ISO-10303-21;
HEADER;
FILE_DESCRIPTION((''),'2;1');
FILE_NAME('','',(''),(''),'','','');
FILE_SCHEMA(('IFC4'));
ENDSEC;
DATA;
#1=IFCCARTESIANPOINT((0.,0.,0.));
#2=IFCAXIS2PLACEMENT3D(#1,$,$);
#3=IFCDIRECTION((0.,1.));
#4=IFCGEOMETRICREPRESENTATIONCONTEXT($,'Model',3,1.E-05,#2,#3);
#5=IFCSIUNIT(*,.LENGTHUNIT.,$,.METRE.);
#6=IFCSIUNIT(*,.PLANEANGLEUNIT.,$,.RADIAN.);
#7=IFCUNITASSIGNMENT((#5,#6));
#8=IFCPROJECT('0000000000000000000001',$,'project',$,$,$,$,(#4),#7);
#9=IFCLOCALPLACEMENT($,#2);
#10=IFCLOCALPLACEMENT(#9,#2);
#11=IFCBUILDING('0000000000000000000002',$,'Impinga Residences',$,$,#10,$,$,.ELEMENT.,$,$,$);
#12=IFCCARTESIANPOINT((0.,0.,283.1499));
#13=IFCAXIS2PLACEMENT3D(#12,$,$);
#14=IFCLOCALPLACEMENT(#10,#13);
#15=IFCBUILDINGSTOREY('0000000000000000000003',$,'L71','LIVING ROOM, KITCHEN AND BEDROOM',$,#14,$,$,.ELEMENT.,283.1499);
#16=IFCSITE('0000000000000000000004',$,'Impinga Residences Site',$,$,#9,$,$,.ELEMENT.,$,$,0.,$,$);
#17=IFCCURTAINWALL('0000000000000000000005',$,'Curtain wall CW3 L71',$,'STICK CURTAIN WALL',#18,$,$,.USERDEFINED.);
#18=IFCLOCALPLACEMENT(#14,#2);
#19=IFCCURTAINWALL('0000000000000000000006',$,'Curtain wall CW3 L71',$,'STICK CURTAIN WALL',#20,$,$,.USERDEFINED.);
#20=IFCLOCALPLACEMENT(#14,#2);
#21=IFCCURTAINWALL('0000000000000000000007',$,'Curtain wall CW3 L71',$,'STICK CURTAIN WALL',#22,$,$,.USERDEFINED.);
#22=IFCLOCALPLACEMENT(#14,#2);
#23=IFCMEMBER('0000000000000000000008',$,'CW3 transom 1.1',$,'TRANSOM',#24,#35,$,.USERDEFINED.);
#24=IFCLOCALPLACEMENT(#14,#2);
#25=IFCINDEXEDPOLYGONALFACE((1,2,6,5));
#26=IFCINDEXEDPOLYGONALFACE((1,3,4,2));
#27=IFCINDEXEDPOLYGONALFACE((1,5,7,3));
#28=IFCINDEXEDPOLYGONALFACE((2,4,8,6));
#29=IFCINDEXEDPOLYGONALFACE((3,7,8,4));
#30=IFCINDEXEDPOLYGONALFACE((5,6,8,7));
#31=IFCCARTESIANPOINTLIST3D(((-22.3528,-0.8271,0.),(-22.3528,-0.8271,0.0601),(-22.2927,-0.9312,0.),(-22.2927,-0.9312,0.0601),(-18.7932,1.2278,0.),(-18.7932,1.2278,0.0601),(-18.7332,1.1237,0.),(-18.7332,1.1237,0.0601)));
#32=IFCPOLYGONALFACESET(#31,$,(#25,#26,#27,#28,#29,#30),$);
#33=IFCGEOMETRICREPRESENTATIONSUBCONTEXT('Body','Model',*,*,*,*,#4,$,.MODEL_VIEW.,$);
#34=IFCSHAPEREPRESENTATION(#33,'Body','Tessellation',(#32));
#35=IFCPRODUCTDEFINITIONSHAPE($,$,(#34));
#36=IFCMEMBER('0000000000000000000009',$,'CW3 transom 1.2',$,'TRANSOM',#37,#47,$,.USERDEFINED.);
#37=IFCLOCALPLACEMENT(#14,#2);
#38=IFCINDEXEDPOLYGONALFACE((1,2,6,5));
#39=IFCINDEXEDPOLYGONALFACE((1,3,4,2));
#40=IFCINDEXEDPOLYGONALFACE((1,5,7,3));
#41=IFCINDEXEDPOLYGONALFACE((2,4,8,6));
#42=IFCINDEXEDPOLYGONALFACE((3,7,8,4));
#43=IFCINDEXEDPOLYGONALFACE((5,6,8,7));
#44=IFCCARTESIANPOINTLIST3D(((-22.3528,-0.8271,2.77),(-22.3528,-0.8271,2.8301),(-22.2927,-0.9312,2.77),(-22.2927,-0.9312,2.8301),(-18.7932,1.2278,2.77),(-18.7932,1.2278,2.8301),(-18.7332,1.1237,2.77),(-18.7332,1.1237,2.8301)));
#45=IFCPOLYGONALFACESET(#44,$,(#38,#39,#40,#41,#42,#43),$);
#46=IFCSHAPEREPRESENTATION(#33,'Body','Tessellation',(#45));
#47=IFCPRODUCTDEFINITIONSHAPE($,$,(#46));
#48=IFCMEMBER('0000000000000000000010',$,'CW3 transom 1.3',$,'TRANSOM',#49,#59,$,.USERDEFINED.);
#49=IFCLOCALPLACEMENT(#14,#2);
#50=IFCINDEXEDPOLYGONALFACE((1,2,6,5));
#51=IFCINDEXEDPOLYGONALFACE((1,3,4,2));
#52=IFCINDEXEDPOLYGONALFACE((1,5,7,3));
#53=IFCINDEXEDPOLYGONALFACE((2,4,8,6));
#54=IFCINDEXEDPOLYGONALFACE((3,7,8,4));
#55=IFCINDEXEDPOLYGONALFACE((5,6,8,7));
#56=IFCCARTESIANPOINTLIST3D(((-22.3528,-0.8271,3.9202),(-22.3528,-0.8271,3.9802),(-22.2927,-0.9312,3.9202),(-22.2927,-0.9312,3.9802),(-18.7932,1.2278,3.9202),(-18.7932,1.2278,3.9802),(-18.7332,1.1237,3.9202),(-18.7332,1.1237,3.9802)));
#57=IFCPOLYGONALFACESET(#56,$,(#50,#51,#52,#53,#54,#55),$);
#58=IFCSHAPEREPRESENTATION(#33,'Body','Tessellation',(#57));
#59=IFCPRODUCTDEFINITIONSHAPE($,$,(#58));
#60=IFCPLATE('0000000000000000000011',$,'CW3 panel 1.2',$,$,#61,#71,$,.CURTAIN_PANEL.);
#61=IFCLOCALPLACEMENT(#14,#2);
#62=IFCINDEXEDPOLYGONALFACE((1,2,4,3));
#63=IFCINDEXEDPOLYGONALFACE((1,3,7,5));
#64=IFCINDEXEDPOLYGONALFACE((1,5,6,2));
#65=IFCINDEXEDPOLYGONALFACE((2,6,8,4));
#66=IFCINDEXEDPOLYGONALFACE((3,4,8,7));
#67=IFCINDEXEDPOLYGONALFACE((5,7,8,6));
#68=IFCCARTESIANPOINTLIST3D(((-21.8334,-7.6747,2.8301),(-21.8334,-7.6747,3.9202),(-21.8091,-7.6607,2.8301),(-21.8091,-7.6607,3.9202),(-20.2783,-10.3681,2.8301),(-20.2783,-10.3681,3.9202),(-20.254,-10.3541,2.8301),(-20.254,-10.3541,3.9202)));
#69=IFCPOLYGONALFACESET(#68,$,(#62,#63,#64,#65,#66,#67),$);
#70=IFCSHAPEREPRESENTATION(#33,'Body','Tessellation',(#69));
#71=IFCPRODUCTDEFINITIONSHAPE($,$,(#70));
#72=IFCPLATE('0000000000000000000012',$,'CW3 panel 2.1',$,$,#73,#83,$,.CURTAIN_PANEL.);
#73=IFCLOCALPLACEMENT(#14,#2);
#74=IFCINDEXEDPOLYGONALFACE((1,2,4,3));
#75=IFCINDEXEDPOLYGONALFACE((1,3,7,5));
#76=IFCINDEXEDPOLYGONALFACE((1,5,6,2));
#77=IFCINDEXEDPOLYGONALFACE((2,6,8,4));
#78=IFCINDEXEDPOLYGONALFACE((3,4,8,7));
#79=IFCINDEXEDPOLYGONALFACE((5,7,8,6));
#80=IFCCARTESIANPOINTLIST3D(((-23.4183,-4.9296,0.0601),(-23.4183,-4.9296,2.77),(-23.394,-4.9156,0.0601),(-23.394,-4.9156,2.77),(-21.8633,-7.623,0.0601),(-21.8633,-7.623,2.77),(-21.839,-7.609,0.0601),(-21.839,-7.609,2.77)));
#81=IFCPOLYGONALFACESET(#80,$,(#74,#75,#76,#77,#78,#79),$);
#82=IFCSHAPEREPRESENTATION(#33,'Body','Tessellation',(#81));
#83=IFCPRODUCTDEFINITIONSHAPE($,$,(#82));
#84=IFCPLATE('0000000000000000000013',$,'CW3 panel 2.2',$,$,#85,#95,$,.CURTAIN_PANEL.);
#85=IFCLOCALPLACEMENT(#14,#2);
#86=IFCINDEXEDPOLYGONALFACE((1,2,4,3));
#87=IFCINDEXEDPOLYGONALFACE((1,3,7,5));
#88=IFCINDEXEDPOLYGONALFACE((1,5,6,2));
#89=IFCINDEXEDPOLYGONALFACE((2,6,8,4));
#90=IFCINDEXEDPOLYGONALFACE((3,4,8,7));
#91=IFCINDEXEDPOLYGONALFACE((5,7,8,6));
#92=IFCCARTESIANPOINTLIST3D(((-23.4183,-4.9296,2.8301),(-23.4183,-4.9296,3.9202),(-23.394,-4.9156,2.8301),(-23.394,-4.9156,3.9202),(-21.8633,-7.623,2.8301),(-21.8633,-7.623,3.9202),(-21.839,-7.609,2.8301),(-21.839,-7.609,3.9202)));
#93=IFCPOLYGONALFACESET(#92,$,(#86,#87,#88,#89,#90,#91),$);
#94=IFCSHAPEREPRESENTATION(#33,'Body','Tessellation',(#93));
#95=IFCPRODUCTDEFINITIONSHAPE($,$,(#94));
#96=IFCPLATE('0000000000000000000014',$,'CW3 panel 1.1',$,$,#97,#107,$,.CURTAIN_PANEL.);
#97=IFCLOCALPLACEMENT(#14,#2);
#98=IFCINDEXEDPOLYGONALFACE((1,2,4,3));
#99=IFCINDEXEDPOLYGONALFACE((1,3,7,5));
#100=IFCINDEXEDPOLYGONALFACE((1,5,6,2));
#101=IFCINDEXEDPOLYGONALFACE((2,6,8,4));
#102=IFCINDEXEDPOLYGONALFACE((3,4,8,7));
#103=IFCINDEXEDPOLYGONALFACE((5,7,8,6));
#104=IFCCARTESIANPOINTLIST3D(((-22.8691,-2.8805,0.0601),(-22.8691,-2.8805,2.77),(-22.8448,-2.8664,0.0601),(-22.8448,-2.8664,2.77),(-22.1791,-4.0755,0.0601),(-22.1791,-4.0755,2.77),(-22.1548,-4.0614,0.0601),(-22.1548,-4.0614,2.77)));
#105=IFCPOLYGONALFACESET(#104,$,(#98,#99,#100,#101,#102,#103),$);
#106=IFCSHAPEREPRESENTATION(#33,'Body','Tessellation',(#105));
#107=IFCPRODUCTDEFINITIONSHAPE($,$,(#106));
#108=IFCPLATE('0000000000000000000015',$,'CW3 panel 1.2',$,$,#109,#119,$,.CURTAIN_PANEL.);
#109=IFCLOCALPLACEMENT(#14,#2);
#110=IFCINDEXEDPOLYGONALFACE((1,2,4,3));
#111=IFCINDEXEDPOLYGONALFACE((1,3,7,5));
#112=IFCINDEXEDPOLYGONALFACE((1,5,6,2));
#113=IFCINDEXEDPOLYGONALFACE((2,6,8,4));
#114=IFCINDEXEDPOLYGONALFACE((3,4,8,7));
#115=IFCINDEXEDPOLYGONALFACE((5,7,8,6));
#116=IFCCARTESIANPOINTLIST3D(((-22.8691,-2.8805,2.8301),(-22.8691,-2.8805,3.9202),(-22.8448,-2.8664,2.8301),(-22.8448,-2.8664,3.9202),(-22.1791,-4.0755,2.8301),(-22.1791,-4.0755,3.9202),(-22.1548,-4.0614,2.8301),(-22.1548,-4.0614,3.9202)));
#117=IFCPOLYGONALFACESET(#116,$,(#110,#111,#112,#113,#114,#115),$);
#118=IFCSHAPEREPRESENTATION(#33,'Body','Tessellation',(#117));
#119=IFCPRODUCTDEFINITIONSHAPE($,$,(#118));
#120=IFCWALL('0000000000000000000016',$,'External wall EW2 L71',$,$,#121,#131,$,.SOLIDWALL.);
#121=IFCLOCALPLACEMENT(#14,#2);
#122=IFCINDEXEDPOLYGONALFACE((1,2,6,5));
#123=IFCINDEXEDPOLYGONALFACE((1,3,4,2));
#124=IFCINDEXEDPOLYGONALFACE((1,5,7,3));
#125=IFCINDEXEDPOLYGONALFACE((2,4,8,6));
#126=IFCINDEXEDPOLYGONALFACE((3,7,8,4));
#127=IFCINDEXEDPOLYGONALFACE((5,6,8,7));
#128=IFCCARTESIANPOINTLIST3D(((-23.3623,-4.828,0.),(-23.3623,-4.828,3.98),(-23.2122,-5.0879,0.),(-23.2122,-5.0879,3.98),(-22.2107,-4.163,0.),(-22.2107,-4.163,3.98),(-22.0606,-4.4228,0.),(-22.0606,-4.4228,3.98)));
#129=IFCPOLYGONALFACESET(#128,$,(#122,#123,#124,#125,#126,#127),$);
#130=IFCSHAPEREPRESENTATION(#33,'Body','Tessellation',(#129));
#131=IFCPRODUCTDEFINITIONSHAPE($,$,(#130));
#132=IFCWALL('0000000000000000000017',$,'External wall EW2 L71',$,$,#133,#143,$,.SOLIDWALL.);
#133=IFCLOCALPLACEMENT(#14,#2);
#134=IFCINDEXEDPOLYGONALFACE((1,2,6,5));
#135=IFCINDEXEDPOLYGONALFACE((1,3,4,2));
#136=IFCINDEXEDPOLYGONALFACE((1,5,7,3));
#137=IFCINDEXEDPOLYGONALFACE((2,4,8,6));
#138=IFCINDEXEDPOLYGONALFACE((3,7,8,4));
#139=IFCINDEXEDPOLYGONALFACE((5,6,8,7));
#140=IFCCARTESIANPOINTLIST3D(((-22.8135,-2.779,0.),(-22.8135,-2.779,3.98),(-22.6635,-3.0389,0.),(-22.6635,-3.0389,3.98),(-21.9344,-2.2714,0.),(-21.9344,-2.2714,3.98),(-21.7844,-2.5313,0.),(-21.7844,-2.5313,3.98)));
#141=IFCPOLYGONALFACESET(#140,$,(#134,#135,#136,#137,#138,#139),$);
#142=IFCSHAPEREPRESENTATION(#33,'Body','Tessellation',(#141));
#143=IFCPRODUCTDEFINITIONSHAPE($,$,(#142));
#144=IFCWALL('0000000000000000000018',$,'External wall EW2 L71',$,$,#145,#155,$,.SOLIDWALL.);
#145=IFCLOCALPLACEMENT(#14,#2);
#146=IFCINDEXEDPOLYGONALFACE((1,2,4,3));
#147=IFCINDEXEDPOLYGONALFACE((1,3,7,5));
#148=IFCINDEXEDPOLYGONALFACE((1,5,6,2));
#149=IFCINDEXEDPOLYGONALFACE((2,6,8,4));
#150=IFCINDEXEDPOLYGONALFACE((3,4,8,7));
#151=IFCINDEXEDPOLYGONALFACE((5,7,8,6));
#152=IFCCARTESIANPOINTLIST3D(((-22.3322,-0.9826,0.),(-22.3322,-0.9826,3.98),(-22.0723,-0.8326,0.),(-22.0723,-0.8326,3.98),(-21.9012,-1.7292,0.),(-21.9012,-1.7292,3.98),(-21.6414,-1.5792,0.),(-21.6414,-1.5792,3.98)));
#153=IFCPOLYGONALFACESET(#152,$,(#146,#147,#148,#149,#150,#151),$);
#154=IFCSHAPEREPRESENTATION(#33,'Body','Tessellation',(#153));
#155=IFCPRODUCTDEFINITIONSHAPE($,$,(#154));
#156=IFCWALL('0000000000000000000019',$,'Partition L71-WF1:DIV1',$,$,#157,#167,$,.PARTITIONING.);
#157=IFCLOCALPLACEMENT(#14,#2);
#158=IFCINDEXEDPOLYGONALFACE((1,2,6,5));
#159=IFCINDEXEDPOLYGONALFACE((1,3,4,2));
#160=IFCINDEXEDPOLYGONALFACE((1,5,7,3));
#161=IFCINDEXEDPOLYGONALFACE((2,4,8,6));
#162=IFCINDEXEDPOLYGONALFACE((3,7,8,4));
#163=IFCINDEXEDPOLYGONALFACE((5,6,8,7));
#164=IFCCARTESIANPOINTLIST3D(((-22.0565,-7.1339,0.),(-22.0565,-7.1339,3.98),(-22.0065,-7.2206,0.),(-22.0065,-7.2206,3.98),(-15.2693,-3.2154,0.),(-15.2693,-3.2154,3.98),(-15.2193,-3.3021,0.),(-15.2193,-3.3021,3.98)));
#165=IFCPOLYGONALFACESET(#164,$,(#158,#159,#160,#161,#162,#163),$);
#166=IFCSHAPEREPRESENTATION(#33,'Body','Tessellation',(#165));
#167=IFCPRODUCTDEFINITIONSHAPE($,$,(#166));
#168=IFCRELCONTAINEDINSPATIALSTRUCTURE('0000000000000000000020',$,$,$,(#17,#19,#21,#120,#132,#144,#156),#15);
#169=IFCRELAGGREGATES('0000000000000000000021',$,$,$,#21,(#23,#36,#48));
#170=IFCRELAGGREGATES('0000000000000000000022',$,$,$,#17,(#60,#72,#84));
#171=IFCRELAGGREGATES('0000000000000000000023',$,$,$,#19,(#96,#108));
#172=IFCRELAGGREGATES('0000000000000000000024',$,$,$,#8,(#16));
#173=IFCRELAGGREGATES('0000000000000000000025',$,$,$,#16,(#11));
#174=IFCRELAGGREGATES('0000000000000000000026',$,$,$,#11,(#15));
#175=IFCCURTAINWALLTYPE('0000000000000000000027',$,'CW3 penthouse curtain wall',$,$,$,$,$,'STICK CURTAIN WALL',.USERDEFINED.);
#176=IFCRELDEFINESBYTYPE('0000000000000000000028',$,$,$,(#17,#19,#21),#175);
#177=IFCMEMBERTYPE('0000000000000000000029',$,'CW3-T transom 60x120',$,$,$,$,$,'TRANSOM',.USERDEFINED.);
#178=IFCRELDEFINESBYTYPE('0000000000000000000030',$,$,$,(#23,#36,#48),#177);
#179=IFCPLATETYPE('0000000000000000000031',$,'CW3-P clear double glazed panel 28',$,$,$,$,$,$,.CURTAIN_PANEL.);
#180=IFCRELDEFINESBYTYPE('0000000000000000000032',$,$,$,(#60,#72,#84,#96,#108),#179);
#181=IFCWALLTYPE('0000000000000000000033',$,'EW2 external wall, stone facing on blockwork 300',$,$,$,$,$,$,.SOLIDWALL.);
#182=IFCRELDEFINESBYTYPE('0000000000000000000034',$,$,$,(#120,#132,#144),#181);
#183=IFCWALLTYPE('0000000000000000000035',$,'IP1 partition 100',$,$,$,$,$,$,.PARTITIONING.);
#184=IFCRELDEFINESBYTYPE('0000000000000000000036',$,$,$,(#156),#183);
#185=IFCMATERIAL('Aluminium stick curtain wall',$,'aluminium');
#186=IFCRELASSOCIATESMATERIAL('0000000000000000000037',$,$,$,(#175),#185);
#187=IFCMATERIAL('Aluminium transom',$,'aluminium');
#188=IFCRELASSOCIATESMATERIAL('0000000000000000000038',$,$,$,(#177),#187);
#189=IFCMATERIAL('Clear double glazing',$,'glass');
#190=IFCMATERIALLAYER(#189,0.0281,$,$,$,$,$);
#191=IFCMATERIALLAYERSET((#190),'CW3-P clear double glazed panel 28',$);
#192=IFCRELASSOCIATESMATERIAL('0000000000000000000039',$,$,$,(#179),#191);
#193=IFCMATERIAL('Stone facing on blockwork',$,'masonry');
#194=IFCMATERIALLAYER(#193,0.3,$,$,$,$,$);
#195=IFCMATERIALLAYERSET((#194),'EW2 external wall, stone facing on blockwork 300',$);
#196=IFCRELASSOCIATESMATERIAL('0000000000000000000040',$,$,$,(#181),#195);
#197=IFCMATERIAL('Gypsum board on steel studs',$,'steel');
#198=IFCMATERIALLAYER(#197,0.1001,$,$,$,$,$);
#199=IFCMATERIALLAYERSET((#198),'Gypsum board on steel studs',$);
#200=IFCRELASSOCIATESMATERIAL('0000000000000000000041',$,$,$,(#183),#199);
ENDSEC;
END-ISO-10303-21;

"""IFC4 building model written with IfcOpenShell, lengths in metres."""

from ifc_helpers import new_model, si_unit, direction, frame, frame_2d, origin, origin_2d, place, context, subcontext, project, spatial, rectangle, extrude, material, layer, layer_set, material_profile, profile_set, type_object, element, aggregate, save


model = new_model("IFC4")

# Units and contexts
model_context = context("Model", 3, precision=1e-05, world=origin(), true_north=direction((0.0, 1.0)))
body_context = subcontext(model_context, "Body", "Model", "MODEL_VIEW")
ifc_project = project(units=[si_unit("LENGTHUNIT", "METRE"), si_unit("PLANEANGLEUNIT", "RADIAN")], contexts=[model_context])

# Site, building, storey
site_placement = place(None, origin())
site = spatial("IfcSite", under=ifc_project, at=site_placement, Name="Impinga Residences Site", CompositionType="ELEMENT", RefElevation=0.0)
building_placement = place(site_placement, origin())
building = spatial("IfcBuilding", under=site, at=building_placement, Name="Impinga Residences", CompositionType="ELEMENT")
storey_placement = place(building_placement, frame((0.0, 0.0, 283.1499)))
storey = spatial("IfcBuildingStorey", under=building, at=storey_placement, Name="L71", Description="LIVING ROOM, KITCHEN AND BEDROOM", CompositionType="ELEMENT", Elevation=283.1499)

# Curtain walls
ifc_material_1 = material(Name="Aluminium stick curtain wall", Category="aluminium")
curtain_wall_type = type_object("IfcCurtainWallType", Name="CW3 penthouse curtain wall", ElementType="STICK CURTAIN WALL", PredefinedType="USERDEFINED", material=ifc_material_1)
curtain_wall_1_placement = place(storey_placement, origin())
curtain_wall_1 = element("IfcCurtainWall", 1, at=curtain_wall_1_placement, inside=storey, type_object=curtain_wall_type, Name="Curtain wall CW3 L71", ObjectType="STICK CURTAIN WALL", PredefinedType="USERDEFINED")
curtain_wall_2_placement = place(storey_placement, origin())
curtain_wall_2 = element("IfcCurtainWall", 2, at=curtain_wall_2_placement, inside=storey, type_object=curtain_wall_type, Name="Curtain wall CW3 L71", ObjectType="STICK CURTAIN WALL", PredefinedType="USERDEFINED")

# Curtain wall
curtain_wall_3_placement = place(storey_placement, origin())
curtain_wall_3 = element("IfcCurtainWall", 3, at=curtain_wall_3_placement, inside=storey, type_object=curtain_wall_type, Name="Curtain wall CW3 L71", ObjectType="STICK CURTAIN WALL", PredefinedType="USERDEFINED")

# Members
ifc_material_2 = material(Name="Aluminium transom", Category="aluminium")
ifc_material_profile_1 = material_profile(ifc_material_2, rectangle(XDim=0.0601, YDim=0.1201, at=origin_2d()), Name="60x120 transom")
ifc_profile_set_1 = profile_set([ifc_material_profile_1], Name="Aluminium transom")
member_type_1 = type_object("IfcMemberType", Name="CW3-T transom 60x120", ElementType="TRANSOM", PredefinedType="USERDEFINED", material=ifc_profile_set_1)
member_1_placement = place(storey_placement, frame((-22.3228, -0.8792, 0.03), z_axis=(0.866045, 0.499966, 0.0), x_axis=(0.0, 0.0, 1.0)))
member_1 = element("IfcMember", 4, at=member_1_placement, type_object=member_type_1, Name="CW3 transom 1.1", ObjectType="TRANSOM", PredefinedType="USERDEFINED", context=body_context, shape_type="SweptSolid", body=[
    extrude(rectangle(XDim=0.0601, YDim=0.1201, at=origin_2d()), origin(), (0.0, 0.0, 1.0), 4.1101),
])
member_2_placement = place(storey_placement, frame((-22.3228, -0.8792, 2.8), z_axis=(0.866045, 0.499966, 0.0), x_axis=(0.0, 0.0, 1.0)))
member_2 = element("IfcMember", 5, at=member_2_placement, type_object=member_type_1, Name="CW3 transom 1.2", ObjectType="TRANSOM", PredefinedType="USERDEFINED", context=body_context, shape_type="SweptSolid", body=[
    extrude(rectangle(XDim=0.0601, YDim=0.1201, at=origin_2d()), origin(), (0.0, 0.0, 1.0), 4.1101),
])
member_3_placement = place(storey_placement, frame((-22.3228, -0.8792, 3.9502), z_axis=(0.866045, 0.499966, 0.0), x_axis=(0.0, 0.0, 1.0)))
member_3 = element("IfcMember", 6, at=member_3_placement, type_object=member_type_1, Name="CW3 transom 1.3", ObjectType="TRANSOM", PredefinedType="USERDEFINED", context=body_context, shape_type="SweptSolid", body=[
    extrude(rectangle(XDim=0.0601, YDim=0.1201, at=origin_2d()), origin(), (0.0, 0.0, 1.0), 4.1101),
])
aggregate(curtain_wall_3, [member_1, member_2, member_3])

# Plates
ifc_material_3 = material(Name="Clear double glazing", Category="glass")
ifc_layer_1 = layer(ifc_material_3, 0.0281)
ifc_layer_set_1 = layer_set([ifc_layer_1], Name="CW3-P clear double glazed panel 28")
plate_type = type_object("IfcPlateType", Name="CW3-P clear double glazed panel 28", PredefinedType="CURTAIN_PANEL", material=ifc_layer_set_1)
plate_1_placement = place(storey_placement, frame((-21.0437, -9.0144, 2.8301), z_axis=(0.0, 0.0, 1.0), x_axis=(-0.5, 0.866025, 0.0)))
plate_1 = element("IfcPlate", 7, at=plate_1_placement, type_object=plate_type, Name="CW3 panel 1.2", PredefinedType="CURTAIN_PANEL", context=body_context, shape_type="SweptSolid", body=[
    extrude(rectangle(XDim=3.1101, YDim=0.0281, at=origin_2d()), origin(), (0.0, 0.0, 1.0), 1.0901),
])
plate_2_placement = place(storey_placement, frame((-22.6287, -6.2693, 0.0601), z_axis=(0.0, 0.0, 1.0), x_axis=(-0.5, 0.866025, 0.0)))
plate_2 = element("IfcPlate", 8, at=plate_2_placement, type_object=plate_type, Name="CW3 panel 2.1", PredefinedType="CURTAIN_PANEL", context=body_context, shape_type="SweptSolid", body=[
    extrude(rectangle(XDim=3.1101, YDim=0.0281, at=origin_2d()), origin(), (0.0, 0.0, 1.0), 2.71),
])
plate_3_placement = place(storey_placement, frame((-22.6287, -6.2693, 2.8301), z_axis=(0.0, 0.0, 1.0), x_axis=(-0.5, 0.866025, 0.0)))
plate_3 = element("IfcPlate", 9, at=plate_3_placement, type_object=plate_type, Name="CW3 panel 2.2", PredefinedType="CURTAIN_PANEL", context=body_context, shape_type="SweptSolid", body=[
    extrude(rectangle(XDim=3.1101, YDim=0.0281, at=origin_2d()), origin(), (0.0, 0.0, 1.0), 1.0901),
])
aggregate(curtain_wall_1, [plate_1, plate_2, plate_3])
plate_4_placement = place(storey_placement, frame((-22.512, -3.4709, 0.0601), z_axis=(0.0, 0.0, 1.0), x_axis=(-0.5, 0.866025, 0.0)))
plate_4 = element("IfcPlate", 10, at=plate_4_placement, type_object=plate_type, Name="CW3 panel 1.1", PredefinedType="CURTAIN_PANEL", context=body_context, shape_type="SweptSolid", body=[
    extrude(rectangle(XDim=1.3799, YDim=0.0281, at=origin_2d()), origin(), (0.0, 0.0, 1.0), 2.71),
])
plate_5_placement = place(storey_placement, frame((-22.512, -3.4709, 2.8301), z_axis=(0.0, 0.0, 1.0), x_axis=(-0.5, 0.866025, 0.0)))
plate_5 = element("IfcPlate", 11, at=plate_5_placement, type_object=plate_type, Name="CW3 panel 1.2", PredefinedType="CURTAIN_PANEL", context=body_context, shape_type="SweptSolid", body=[
    extrude(rectangle(XDim=1.3799, YDim=0.0281, at=origin_2d()), origin(), (0.0, 0.0, 1.0), 1.0901),
])
aggregate(curtain_wall_2, [plate_4, plate_5])

# Walls
ifc_material_4 = material(Name="Stone facing on blockwork", Category="masonry")
ifc_layer_2 = layer(ifc_material_4, 0.3)
ifc_layer_set_2 = layer_set([ifc_layer_2], Name="EW2 external wall, stone facing on blockwork 300")
wall_type_1 = type_object("IfcWallType", Name="EW2 external wall, stone facing on blockwork 300", PredefinedType="SOLIDWALL", material=ifc_layer_set_2)
wall_1_placement = place(storey_placement, frame((-23.2874, -4.958, 0.0), z_axis=(0.0, 0.0, 1.0), x_axis=(0.865975, 0.500088, 0.0)))
element("IfcWall", 12, at=wall_1_placement, inside=storey, type_object=wall_type_1, Name="External wall EW2 L71", PredefinedType="SOLIDWALL", context=body_context, shape_type="SweptSolid", body=[
    extrude(rectangle(XDim=1.3298, YDim=0.3, at=frame_2d((0.665, 0.0))), origin(), (0.0, 0.0, 1.0), 3.98),
])
wall_2_placement = place(storey_placement, frame((-22.7385, -2.9089, 0.0), z_axis=(0.0, 0.0, 1.0), x_axis=(0.866029, 0.499993, 0.0)))
element("IfcWall", 13, at=wall_2_placement, inside=storey, type_object=wall_type_1, Name="External wall EW2 L71", PredefinedType="SOLIDWALL", context=body_context, shape_type="SweptSolid", body=[
    extrude(rectangle(XDim=1.0151, YDim=0.3, at=frame_2d((0.5076, 0.0))), origin(), (0.0, 0.0, 1.0), 3.98),
])
wall_3_placement = place(storey_placement, frame((-21.7712, -1.6543, 0.0), z_axis=(0.0, 0.0, 1.0), x_axis=(-0.499886, 0.866091, 0.0)))
element("IfcWall", 14, at=wall_3_placement, inside=storey, type_object=wall_type_1, Name="External wall EW2 L71", PredefinedType="SOLIDWALL", context=body_context, shape_type="SweptSolid", body=[
    extrude(rectangle(XDim=0.8621, YDim=0.3, at=frame_2d((0.4312, 0.0))), origin(), (0.0, 0.0, 1.0), 3.98),
])
ifc_material_5 = material(Name="Gypsum board on steel studs", Category="steel")
ifc_layer_3 = layer(ifc_material_5, 0.1001)
ifc_layer_set_3 = layer_set([ifc_layer_3], Name="Gypsum board on steel studs")
wall_type_2 = type_object("IfcWallType", Name="IP1 partition 100", PredefinedType="PARTITIONING", material=ifc_layer_set_3)
wall_4_placement = place(storey_placement, frame((-15.2444, -3.2588, 0.0), z_axis=(0.0, 0.0, 1.0), x_axis=(-0.86603, -0.499992, 0.0)))
element("IfcWall", 15, at=wall_4_placement, inside=storey, type_object=wall_type_2, Name="Partition L71-WF1:DIV1", PredefinedType="PARTITIONING", context=body_context, shape_type="SweptSolid", body=[
    extrude(rectangle(XDim=7.8372, YDim=0.1001, at=frame_2d((3.9185, 0.0))), origin(), (0.0, 0.0, 1.0), 3.98),
])

save(model, "model.ifc")
